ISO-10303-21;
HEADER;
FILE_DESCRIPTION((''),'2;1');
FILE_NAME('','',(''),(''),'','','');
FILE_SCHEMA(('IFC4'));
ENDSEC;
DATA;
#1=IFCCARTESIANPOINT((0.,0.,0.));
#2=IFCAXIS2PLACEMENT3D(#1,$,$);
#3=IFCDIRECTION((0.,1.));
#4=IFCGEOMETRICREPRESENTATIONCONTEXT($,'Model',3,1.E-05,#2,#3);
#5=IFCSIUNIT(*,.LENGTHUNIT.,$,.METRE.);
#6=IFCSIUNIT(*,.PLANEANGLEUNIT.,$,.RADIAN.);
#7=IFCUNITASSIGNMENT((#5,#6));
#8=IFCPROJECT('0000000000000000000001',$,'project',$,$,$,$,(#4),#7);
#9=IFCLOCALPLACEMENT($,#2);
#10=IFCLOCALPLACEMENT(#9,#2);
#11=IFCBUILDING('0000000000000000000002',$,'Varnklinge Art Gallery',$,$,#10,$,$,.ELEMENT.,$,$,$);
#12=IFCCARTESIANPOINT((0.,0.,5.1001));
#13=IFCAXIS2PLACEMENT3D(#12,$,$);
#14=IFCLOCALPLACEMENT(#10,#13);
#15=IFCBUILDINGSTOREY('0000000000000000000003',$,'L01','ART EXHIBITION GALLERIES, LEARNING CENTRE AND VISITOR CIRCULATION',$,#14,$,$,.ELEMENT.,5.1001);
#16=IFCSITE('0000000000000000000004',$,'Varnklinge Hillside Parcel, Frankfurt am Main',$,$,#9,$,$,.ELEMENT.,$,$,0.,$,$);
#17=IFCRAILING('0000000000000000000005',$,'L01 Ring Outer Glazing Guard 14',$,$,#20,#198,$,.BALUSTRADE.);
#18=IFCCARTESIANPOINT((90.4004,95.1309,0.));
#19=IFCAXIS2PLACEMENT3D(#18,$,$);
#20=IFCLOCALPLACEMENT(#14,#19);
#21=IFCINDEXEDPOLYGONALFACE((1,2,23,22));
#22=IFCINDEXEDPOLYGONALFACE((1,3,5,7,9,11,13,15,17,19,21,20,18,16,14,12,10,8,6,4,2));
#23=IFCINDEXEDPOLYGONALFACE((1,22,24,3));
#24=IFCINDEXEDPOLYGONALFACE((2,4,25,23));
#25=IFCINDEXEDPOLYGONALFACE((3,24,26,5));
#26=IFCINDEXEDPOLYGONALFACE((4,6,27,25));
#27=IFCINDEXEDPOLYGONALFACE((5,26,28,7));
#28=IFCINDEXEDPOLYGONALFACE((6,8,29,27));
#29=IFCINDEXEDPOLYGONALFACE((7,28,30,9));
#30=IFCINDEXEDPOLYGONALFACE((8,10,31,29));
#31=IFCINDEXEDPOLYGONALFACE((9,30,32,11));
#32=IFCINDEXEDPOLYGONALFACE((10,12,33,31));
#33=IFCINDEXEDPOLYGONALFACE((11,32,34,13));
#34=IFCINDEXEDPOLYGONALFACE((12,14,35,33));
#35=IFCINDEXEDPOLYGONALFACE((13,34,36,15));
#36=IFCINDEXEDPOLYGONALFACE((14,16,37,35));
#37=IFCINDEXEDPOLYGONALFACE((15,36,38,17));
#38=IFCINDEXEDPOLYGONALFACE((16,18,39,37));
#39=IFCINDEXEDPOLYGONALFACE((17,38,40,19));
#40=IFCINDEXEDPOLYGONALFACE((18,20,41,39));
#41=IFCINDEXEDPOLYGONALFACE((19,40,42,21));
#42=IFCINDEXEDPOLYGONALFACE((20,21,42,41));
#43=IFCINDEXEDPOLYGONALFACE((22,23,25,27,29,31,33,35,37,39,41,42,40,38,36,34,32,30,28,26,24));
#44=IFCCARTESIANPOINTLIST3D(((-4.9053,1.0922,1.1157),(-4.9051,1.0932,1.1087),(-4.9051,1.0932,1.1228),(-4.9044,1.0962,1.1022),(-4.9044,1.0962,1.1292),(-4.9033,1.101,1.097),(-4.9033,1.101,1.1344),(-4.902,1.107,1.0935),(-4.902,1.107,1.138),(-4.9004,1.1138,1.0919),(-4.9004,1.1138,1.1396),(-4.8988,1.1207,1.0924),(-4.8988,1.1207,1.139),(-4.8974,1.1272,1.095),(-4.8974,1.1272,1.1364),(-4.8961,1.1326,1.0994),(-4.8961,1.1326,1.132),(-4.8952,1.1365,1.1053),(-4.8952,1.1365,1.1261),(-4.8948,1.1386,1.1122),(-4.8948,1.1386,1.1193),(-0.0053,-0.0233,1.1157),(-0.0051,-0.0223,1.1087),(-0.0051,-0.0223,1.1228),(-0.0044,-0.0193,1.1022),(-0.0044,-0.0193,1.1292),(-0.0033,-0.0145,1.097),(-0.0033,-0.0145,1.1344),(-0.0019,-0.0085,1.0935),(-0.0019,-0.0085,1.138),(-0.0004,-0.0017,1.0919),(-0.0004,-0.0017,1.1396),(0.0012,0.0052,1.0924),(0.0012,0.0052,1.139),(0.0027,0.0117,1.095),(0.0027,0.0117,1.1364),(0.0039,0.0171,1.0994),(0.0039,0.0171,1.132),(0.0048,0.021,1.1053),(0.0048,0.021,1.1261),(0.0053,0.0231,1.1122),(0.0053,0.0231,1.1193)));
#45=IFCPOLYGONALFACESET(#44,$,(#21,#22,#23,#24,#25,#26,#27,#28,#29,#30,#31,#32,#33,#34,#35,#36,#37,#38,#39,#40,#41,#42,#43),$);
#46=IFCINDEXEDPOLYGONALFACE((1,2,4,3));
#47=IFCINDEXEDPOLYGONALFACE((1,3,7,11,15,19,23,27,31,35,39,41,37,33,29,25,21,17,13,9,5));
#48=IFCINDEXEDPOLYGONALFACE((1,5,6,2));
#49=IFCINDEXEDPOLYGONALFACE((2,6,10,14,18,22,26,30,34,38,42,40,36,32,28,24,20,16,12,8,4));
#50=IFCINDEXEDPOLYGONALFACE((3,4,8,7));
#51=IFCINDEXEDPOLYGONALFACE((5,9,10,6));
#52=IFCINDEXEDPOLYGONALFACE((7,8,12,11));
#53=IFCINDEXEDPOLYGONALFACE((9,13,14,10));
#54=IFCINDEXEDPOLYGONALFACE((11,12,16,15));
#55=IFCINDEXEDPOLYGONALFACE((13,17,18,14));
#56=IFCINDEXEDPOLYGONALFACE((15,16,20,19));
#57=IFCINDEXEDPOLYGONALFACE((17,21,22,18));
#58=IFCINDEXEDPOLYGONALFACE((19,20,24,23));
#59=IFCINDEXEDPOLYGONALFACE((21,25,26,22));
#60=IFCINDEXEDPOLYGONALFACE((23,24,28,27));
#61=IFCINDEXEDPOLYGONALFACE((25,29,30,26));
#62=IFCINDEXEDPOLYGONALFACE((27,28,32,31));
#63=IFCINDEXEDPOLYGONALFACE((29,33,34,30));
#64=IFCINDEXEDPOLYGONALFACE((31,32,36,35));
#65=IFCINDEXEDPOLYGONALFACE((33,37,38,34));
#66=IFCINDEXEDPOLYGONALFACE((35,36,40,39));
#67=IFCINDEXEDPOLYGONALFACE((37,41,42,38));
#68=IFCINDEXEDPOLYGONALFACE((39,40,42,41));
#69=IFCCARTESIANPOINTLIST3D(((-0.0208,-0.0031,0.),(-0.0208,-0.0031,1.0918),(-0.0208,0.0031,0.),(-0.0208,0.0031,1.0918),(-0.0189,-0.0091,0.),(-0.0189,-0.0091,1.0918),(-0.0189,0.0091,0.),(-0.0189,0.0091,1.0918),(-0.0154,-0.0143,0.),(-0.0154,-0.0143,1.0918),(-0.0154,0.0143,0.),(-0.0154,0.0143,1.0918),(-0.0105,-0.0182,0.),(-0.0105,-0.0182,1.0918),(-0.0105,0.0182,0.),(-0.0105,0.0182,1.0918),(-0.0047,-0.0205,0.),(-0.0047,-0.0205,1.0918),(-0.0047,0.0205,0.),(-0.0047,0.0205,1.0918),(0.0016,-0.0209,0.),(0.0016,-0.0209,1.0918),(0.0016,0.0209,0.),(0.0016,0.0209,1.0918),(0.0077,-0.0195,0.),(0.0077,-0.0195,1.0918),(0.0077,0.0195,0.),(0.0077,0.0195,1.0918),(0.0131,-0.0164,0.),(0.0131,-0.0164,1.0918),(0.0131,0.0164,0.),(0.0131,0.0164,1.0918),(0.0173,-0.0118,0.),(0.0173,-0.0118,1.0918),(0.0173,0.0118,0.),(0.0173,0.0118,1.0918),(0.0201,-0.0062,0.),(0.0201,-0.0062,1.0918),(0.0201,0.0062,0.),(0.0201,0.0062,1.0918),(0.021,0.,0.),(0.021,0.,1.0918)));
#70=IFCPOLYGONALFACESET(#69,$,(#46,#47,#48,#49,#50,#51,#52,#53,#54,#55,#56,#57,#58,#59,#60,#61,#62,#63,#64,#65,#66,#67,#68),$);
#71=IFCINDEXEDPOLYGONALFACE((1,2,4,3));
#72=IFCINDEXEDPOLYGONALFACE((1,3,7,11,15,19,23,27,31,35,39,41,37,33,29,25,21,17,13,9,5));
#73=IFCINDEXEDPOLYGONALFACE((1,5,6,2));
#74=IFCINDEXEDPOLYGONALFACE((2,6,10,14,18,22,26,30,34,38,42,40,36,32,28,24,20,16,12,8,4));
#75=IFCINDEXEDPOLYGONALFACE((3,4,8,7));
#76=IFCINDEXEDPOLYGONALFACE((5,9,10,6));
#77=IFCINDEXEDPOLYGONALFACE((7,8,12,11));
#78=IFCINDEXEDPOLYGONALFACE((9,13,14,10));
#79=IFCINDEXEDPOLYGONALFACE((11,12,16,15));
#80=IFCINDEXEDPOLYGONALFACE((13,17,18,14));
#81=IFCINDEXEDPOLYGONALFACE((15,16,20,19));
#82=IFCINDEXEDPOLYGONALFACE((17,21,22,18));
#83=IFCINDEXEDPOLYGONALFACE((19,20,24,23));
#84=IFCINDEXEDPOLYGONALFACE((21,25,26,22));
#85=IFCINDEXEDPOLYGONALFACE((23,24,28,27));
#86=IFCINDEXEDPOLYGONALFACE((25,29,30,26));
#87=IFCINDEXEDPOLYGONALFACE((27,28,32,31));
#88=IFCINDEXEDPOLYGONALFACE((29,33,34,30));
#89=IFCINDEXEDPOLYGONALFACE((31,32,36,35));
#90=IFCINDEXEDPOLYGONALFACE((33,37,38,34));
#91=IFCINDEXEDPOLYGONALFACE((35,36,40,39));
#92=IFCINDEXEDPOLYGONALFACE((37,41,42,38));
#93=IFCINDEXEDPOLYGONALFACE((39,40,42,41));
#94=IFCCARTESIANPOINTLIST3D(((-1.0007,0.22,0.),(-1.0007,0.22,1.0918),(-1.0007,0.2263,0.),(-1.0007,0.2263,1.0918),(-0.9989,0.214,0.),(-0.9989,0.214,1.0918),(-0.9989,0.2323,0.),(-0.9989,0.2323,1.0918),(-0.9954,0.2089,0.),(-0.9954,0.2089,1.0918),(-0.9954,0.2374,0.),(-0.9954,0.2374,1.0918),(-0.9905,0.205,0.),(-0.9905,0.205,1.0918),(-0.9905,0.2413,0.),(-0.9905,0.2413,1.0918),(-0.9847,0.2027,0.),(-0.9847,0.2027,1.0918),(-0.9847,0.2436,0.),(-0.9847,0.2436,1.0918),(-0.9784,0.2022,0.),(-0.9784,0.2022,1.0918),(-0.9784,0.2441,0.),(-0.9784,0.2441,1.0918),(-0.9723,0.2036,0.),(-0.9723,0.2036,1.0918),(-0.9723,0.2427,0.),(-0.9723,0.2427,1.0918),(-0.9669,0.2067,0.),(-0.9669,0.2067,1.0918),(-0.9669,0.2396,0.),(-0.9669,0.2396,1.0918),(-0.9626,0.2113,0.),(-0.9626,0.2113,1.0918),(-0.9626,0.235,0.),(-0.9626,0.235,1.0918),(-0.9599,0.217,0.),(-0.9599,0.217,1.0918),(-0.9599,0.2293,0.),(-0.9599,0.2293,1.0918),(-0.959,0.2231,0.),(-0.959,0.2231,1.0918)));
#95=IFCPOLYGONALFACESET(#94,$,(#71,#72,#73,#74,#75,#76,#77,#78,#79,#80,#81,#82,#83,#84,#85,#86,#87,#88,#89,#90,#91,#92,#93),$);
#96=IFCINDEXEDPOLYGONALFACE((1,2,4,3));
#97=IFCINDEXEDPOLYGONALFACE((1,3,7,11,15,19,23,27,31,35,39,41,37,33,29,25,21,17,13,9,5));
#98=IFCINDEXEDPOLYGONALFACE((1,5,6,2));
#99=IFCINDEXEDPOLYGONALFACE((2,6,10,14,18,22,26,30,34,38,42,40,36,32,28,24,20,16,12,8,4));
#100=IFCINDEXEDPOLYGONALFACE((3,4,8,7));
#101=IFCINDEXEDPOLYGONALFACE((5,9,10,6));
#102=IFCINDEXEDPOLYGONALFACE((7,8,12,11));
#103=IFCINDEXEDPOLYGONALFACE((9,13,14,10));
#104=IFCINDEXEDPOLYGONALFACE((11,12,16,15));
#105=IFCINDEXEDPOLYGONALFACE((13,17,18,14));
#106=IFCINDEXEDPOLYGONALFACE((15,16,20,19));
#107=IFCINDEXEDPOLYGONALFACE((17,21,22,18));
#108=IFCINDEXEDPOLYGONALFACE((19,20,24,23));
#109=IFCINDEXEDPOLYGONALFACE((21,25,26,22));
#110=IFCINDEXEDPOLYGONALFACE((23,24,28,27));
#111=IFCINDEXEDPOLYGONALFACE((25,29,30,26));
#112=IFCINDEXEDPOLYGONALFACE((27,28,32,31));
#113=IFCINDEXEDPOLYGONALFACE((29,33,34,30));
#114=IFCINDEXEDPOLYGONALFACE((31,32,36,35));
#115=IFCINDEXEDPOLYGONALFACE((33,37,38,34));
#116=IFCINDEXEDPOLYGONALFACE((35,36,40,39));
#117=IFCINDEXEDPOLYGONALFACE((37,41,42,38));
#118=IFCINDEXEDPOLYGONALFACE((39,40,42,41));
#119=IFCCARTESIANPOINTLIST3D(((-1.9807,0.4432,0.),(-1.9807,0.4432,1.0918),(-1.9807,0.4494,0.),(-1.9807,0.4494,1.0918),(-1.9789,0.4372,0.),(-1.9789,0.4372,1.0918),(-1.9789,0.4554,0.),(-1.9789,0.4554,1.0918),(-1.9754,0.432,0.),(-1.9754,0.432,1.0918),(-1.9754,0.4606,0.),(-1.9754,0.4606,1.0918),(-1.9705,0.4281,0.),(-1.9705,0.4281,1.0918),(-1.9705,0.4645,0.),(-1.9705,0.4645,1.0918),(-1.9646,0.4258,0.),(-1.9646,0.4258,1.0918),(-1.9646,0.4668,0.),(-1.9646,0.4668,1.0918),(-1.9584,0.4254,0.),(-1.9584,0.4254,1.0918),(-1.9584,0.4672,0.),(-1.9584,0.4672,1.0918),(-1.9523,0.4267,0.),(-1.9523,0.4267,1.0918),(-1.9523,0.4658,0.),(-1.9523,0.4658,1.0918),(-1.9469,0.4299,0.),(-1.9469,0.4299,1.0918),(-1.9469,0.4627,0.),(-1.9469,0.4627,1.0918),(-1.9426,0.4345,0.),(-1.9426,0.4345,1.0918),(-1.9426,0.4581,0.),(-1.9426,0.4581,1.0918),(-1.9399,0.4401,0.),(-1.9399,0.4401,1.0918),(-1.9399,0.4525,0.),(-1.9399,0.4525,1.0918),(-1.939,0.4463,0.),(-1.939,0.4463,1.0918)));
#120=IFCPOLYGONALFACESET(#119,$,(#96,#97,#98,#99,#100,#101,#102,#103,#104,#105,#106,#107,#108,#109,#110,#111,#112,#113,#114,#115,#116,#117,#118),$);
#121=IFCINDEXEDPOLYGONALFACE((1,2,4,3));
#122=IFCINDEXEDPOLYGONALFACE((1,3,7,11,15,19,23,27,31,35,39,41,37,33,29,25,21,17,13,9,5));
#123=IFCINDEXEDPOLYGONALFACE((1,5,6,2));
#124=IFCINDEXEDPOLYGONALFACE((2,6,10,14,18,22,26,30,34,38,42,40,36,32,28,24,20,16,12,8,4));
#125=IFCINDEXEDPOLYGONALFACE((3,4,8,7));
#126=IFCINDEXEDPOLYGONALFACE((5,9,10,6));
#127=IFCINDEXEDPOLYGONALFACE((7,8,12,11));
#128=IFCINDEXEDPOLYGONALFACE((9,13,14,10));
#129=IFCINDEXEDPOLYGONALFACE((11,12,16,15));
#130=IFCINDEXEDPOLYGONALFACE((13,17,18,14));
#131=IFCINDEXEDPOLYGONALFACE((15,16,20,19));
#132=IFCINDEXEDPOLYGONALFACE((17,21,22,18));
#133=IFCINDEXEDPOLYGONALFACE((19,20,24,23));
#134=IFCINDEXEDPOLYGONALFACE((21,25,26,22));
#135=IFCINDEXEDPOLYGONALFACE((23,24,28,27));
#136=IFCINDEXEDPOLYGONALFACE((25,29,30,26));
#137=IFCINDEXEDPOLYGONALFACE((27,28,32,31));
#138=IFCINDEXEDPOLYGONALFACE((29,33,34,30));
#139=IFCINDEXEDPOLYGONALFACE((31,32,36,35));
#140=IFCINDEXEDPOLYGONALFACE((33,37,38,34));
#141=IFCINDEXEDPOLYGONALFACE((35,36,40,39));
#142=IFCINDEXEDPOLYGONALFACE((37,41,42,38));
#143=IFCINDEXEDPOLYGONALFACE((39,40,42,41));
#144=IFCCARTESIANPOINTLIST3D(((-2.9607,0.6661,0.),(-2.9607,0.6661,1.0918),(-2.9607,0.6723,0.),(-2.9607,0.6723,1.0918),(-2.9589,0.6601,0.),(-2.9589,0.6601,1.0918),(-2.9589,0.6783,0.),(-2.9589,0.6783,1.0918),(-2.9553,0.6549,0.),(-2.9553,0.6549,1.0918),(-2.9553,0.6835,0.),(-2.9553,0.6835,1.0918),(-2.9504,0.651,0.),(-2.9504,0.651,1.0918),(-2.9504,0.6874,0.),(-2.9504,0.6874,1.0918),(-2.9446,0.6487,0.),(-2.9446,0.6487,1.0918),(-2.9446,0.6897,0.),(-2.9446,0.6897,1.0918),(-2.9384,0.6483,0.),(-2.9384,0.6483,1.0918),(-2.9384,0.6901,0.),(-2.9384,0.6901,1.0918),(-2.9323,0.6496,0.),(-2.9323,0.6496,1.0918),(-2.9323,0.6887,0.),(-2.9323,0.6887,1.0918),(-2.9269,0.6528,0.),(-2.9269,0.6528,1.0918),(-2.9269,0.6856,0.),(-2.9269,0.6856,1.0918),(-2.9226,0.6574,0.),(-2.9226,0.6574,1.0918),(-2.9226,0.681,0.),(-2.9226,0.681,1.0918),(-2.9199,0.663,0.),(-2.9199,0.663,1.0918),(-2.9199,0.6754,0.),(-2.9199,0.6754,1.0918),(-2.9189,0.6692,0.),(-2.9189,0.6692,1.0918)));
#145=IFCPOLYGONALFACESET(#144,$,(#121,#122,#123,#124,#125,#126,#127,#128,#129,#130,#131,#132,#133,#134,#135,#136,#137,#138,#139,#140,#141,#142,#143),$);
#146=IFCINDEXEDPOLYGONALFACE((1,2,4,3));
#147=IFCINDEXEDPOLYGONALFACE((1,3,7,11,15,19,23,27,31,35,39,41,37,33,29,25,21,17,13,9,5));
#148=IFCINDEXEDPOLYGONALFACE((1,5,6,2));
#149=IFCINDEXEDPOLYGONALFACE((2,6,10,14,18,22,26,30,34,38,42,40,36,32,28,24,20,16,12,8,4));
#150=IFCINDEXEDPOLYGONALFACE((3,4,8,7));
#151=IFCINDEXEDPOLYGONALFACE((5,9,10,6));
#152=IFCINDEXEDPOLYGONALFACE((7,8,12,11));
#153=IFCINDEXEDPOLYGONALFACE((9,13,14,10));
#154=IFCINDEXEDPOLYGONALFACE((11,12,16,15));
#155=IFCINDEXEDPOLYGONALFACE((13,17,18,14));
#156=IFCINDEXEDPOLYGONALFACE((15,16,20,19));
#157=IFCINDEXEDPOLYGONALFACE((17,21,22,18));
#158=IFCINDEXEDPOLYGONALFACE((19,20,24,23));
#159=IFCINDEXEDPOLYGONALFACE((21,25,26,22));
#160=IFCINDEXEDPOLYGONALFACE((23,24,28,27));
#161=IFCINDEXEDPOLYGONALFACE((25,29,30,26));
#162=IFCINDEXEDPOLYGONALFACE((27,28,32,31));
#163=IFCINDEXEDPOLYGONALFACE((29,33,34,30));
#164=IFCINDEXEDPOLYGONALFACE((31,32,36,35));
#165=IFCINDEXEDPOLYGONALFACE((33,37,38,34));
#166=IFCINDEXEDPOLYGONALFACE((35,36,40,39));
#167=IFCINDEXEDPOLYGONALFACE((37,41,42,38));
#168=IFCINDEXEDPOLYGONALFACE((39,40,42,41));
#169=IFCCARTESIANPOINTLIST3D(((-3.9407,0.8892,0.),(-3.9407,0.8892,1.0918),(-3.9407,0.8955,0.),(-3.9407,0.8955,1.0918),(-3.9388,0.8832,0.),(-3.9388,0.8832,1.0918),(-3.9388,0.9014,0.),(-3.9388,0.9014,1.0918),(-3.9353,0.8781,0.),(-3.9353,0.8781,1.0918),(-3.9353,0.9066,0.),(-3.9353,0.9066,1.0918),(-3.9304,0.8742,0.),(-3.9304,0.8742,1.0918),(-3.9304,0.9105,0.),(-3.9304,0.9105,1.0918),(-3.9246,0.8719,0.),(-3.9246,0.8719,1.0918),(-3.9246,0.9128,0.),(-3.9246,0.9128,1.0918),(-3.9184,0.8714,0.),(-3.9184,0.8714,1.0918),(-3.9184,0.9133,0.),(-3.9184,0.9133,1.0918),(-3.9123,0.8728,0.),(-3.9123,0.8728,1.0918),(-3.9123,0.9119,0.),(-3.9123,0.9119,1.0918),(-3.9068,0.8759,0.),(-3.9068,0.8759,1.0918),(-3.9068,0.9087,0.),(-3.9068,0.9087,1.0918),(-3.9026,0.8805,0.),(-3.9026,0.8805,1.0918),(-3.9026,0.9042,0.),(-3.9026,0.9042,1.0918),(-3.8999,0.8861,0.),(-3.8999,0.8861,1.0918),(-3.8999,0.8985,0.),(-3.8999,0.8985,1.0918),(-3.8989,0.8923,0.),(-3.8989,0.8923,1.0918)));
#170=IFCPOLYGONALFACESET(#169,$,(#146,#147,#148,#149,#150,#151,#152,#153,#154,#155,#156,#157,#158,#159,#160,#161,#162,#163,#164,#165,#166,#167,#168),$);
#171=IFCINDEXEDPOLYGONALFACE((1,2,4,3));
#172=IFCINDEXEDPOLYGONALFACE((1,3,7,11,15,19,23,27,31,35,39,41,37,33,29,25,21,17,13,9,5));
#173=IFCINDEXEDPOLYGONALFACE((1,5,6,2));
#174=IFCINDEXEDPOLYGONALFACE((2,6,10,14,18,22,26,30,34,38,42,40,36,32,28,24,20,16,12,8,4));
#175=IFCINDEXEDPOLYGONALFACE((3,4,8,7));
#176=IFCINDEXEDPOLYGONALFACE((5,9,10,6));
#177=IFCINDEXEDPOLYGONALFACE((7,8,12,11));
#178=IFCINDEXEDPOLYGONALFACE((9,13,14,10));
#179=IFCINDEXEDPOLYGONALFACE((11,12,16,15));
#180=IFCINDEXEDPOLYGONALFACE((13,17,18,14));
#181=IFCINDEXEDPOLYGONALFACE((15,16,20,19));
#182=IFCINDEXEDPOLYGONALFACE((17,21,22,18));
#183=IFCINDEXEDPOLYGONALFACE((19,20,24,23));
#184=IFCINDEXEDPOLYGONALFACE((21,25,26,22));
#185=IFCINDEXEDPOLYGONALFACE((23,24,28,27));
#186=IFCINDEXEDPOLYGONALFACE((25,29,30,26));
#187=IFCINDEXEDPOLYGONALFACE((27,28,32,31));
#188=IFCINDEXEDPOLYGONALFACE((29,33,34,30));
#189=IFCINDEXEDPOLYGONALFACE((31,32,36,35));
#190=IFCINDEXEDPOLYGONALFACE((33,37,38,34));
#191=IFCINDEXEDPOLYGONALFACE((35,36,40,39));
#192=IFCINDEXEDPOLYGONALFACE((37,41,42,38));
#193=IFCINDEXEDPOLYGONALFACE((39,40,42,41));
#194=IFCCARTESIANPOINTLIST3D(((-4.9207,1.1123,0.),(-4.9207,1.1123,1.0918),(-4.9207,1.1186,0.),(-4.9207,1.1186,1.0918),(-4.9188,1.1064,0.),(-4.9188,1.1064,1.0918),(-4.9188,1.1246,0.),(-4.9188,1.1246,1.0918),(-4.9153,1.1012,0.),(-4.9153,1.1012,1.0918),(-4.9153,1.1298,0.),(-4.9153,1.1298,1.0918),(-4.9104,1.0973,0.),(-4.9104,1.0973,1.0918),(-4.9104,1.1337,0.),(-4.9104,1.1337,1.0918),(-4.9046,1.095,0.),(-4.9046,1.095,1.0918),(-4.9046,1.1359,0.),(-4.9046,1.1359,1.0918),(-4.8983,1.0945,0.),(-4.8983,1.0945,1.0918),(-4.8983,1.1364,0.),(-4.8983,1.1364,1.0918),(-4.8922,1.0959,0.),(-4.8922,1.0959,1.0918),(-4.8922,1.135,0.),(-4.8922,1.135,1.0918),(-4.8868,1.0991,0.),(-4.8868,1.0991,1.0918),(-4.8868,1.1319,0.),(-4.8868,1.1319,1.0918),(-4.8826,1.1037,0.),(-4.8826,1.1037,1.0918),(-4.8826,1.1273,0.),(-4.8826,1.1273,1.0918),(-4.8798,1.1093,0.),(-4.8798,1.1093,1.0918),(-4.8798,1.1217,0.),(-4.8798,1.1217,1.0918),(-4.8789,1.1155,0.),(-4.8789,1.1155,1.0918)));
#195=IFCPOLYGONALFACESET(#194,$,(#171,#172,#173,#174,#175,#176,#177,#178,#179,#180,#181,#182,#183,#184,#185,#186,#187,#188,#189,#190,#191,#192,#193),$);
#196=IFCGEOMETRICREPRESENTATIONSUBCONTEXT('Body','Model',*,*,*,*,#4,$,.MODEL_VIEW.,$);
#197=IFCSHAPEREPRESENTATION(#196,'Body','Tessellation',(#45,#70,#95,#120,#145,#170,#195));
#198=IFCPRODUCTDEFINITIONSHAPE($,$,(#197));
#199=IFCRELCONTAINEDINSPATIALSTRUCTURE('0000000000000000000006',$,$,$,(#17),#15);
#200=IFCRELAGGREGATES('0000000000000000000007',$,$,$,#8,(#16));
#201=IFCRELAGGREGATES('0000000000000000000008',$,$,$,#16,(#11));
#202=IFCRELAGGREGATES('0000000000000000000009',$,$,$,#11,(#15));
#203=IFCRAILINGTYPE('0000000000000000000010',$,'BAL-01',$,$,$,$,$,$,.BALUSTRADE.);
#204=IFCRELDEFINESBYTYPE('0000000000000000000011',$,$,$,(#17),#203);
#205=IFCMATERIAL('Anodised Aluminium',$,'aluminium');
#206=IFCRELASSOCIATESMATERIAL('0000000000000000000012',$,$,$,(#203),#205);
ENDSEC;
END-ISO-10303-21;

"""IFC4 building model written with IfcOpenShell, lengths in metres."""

from ifc_helpers import new_model, si_unit, direction, frame, origin, origin_2d, place, context, subcontext, project, spatial, circle, extrude, material, type_object, element, save


model = new_model("IFC4")

# Units and contexts
model_context = context("Model", 3, precision=1e-05, world=origin(), true_north=direction((0.0, 1.0)))
body_context = subcontext(model_context, "Body", "Model", "MODEL_VIEW")
ifc_project = project(units=[si_unit("LENGTHUNIT", "METRE"), si_unit("PLANEANGLEUNIT", "RADIAN")], contexts=[model_context])

# Site, building, storey
site_placement = place(None, origin())
site = spatial("IfcSite", under=ifc_project, at=site_placement, Name="Varnklinge Hillside Parcel, Frankfurt am Main", CompositionType="ELEMENT", RefElevation=0.0)
building_placement = place(site_placement, origin())
building = spatial("IfcBuilding", under=site, at=building_placement, Name="Varnklinge Art Gallery", CompositionType="ELEMENT")
storey_placement = place(building_placement, frame((0.0, 0.0, 5.1001)))
storey = spatial("IfcBuildingStorey", under=building, at=storey_placement, Name="L01", Description="ART EXHIBITION GALLERIES, LEARNING CENTRE AND VISITOR CIRCULATION", CompositionType="ELEMENT", Elevation=5.1001)

# Railing
ifc_material_1 = material(Name="Anodised Aluminium", Category="aluminium")
railing_type = type_object("IfcRailingType", Name="BAL-01", PredefinedType="BALUSTRADE", material=ifc_material_1)
railing_1_placement = place(storey_placement, frame((90.4004, 95.1309, 0.0)))
element("IfcRailing", 1, at=railing_1_placement, inside=storey, type_object=railing_type, Name="L01 Ring Outer Glazing Guard 14", PredefinedType="BALUSTRADE", context=body_context, shape_type="SweptSolid", body=[
    extrude(circle(Radius=0.0239, at=origin_2d()), frame((0.0, 0.0, 1.1157), z_axis=(-0.975053, 0.221974, 0.0), x_axis=(-0.221974, -0.975053, 0.0)), (0.0, 0.0, 1.0), 5.0254),
    extrude(circle(Radius=0.021, at=origin_2d()), origin(), (0.0, 0.0, 1.0), 1.0918),
    extrude(circle(Radius=0.021, at=origin_2d()), frame((-0.98, 0.2231, 0.0)), (0.0, 0.0, 1.0), 1.0918),
    extrude(circle(Radius=0.021, at=origin_2d()), frame((-1.96, 0.4463, 0.0)), (0.0, 0.0, 1.0), 1.0918),
    extrude(circle(Radius=0.021, at=origin_2d()), frame((-2.9399, 0.6692, 0.0)), (0.0, 0.0, 1.0), 1.0918),
    extrude(circle(Radius=0.021, at=origin_2d()), frame((-3.9199, 0.8923, 0.0)), (0.0, 0.0, 1.0), 1.0918),
    extrude(circle(Radius=0.021, at=origin_2d()), frame((-4.8999, 1.1155, 0.0)), (0.0, 0.0, 1.0), 1.0918),
])

save(model, "model.ifc")
